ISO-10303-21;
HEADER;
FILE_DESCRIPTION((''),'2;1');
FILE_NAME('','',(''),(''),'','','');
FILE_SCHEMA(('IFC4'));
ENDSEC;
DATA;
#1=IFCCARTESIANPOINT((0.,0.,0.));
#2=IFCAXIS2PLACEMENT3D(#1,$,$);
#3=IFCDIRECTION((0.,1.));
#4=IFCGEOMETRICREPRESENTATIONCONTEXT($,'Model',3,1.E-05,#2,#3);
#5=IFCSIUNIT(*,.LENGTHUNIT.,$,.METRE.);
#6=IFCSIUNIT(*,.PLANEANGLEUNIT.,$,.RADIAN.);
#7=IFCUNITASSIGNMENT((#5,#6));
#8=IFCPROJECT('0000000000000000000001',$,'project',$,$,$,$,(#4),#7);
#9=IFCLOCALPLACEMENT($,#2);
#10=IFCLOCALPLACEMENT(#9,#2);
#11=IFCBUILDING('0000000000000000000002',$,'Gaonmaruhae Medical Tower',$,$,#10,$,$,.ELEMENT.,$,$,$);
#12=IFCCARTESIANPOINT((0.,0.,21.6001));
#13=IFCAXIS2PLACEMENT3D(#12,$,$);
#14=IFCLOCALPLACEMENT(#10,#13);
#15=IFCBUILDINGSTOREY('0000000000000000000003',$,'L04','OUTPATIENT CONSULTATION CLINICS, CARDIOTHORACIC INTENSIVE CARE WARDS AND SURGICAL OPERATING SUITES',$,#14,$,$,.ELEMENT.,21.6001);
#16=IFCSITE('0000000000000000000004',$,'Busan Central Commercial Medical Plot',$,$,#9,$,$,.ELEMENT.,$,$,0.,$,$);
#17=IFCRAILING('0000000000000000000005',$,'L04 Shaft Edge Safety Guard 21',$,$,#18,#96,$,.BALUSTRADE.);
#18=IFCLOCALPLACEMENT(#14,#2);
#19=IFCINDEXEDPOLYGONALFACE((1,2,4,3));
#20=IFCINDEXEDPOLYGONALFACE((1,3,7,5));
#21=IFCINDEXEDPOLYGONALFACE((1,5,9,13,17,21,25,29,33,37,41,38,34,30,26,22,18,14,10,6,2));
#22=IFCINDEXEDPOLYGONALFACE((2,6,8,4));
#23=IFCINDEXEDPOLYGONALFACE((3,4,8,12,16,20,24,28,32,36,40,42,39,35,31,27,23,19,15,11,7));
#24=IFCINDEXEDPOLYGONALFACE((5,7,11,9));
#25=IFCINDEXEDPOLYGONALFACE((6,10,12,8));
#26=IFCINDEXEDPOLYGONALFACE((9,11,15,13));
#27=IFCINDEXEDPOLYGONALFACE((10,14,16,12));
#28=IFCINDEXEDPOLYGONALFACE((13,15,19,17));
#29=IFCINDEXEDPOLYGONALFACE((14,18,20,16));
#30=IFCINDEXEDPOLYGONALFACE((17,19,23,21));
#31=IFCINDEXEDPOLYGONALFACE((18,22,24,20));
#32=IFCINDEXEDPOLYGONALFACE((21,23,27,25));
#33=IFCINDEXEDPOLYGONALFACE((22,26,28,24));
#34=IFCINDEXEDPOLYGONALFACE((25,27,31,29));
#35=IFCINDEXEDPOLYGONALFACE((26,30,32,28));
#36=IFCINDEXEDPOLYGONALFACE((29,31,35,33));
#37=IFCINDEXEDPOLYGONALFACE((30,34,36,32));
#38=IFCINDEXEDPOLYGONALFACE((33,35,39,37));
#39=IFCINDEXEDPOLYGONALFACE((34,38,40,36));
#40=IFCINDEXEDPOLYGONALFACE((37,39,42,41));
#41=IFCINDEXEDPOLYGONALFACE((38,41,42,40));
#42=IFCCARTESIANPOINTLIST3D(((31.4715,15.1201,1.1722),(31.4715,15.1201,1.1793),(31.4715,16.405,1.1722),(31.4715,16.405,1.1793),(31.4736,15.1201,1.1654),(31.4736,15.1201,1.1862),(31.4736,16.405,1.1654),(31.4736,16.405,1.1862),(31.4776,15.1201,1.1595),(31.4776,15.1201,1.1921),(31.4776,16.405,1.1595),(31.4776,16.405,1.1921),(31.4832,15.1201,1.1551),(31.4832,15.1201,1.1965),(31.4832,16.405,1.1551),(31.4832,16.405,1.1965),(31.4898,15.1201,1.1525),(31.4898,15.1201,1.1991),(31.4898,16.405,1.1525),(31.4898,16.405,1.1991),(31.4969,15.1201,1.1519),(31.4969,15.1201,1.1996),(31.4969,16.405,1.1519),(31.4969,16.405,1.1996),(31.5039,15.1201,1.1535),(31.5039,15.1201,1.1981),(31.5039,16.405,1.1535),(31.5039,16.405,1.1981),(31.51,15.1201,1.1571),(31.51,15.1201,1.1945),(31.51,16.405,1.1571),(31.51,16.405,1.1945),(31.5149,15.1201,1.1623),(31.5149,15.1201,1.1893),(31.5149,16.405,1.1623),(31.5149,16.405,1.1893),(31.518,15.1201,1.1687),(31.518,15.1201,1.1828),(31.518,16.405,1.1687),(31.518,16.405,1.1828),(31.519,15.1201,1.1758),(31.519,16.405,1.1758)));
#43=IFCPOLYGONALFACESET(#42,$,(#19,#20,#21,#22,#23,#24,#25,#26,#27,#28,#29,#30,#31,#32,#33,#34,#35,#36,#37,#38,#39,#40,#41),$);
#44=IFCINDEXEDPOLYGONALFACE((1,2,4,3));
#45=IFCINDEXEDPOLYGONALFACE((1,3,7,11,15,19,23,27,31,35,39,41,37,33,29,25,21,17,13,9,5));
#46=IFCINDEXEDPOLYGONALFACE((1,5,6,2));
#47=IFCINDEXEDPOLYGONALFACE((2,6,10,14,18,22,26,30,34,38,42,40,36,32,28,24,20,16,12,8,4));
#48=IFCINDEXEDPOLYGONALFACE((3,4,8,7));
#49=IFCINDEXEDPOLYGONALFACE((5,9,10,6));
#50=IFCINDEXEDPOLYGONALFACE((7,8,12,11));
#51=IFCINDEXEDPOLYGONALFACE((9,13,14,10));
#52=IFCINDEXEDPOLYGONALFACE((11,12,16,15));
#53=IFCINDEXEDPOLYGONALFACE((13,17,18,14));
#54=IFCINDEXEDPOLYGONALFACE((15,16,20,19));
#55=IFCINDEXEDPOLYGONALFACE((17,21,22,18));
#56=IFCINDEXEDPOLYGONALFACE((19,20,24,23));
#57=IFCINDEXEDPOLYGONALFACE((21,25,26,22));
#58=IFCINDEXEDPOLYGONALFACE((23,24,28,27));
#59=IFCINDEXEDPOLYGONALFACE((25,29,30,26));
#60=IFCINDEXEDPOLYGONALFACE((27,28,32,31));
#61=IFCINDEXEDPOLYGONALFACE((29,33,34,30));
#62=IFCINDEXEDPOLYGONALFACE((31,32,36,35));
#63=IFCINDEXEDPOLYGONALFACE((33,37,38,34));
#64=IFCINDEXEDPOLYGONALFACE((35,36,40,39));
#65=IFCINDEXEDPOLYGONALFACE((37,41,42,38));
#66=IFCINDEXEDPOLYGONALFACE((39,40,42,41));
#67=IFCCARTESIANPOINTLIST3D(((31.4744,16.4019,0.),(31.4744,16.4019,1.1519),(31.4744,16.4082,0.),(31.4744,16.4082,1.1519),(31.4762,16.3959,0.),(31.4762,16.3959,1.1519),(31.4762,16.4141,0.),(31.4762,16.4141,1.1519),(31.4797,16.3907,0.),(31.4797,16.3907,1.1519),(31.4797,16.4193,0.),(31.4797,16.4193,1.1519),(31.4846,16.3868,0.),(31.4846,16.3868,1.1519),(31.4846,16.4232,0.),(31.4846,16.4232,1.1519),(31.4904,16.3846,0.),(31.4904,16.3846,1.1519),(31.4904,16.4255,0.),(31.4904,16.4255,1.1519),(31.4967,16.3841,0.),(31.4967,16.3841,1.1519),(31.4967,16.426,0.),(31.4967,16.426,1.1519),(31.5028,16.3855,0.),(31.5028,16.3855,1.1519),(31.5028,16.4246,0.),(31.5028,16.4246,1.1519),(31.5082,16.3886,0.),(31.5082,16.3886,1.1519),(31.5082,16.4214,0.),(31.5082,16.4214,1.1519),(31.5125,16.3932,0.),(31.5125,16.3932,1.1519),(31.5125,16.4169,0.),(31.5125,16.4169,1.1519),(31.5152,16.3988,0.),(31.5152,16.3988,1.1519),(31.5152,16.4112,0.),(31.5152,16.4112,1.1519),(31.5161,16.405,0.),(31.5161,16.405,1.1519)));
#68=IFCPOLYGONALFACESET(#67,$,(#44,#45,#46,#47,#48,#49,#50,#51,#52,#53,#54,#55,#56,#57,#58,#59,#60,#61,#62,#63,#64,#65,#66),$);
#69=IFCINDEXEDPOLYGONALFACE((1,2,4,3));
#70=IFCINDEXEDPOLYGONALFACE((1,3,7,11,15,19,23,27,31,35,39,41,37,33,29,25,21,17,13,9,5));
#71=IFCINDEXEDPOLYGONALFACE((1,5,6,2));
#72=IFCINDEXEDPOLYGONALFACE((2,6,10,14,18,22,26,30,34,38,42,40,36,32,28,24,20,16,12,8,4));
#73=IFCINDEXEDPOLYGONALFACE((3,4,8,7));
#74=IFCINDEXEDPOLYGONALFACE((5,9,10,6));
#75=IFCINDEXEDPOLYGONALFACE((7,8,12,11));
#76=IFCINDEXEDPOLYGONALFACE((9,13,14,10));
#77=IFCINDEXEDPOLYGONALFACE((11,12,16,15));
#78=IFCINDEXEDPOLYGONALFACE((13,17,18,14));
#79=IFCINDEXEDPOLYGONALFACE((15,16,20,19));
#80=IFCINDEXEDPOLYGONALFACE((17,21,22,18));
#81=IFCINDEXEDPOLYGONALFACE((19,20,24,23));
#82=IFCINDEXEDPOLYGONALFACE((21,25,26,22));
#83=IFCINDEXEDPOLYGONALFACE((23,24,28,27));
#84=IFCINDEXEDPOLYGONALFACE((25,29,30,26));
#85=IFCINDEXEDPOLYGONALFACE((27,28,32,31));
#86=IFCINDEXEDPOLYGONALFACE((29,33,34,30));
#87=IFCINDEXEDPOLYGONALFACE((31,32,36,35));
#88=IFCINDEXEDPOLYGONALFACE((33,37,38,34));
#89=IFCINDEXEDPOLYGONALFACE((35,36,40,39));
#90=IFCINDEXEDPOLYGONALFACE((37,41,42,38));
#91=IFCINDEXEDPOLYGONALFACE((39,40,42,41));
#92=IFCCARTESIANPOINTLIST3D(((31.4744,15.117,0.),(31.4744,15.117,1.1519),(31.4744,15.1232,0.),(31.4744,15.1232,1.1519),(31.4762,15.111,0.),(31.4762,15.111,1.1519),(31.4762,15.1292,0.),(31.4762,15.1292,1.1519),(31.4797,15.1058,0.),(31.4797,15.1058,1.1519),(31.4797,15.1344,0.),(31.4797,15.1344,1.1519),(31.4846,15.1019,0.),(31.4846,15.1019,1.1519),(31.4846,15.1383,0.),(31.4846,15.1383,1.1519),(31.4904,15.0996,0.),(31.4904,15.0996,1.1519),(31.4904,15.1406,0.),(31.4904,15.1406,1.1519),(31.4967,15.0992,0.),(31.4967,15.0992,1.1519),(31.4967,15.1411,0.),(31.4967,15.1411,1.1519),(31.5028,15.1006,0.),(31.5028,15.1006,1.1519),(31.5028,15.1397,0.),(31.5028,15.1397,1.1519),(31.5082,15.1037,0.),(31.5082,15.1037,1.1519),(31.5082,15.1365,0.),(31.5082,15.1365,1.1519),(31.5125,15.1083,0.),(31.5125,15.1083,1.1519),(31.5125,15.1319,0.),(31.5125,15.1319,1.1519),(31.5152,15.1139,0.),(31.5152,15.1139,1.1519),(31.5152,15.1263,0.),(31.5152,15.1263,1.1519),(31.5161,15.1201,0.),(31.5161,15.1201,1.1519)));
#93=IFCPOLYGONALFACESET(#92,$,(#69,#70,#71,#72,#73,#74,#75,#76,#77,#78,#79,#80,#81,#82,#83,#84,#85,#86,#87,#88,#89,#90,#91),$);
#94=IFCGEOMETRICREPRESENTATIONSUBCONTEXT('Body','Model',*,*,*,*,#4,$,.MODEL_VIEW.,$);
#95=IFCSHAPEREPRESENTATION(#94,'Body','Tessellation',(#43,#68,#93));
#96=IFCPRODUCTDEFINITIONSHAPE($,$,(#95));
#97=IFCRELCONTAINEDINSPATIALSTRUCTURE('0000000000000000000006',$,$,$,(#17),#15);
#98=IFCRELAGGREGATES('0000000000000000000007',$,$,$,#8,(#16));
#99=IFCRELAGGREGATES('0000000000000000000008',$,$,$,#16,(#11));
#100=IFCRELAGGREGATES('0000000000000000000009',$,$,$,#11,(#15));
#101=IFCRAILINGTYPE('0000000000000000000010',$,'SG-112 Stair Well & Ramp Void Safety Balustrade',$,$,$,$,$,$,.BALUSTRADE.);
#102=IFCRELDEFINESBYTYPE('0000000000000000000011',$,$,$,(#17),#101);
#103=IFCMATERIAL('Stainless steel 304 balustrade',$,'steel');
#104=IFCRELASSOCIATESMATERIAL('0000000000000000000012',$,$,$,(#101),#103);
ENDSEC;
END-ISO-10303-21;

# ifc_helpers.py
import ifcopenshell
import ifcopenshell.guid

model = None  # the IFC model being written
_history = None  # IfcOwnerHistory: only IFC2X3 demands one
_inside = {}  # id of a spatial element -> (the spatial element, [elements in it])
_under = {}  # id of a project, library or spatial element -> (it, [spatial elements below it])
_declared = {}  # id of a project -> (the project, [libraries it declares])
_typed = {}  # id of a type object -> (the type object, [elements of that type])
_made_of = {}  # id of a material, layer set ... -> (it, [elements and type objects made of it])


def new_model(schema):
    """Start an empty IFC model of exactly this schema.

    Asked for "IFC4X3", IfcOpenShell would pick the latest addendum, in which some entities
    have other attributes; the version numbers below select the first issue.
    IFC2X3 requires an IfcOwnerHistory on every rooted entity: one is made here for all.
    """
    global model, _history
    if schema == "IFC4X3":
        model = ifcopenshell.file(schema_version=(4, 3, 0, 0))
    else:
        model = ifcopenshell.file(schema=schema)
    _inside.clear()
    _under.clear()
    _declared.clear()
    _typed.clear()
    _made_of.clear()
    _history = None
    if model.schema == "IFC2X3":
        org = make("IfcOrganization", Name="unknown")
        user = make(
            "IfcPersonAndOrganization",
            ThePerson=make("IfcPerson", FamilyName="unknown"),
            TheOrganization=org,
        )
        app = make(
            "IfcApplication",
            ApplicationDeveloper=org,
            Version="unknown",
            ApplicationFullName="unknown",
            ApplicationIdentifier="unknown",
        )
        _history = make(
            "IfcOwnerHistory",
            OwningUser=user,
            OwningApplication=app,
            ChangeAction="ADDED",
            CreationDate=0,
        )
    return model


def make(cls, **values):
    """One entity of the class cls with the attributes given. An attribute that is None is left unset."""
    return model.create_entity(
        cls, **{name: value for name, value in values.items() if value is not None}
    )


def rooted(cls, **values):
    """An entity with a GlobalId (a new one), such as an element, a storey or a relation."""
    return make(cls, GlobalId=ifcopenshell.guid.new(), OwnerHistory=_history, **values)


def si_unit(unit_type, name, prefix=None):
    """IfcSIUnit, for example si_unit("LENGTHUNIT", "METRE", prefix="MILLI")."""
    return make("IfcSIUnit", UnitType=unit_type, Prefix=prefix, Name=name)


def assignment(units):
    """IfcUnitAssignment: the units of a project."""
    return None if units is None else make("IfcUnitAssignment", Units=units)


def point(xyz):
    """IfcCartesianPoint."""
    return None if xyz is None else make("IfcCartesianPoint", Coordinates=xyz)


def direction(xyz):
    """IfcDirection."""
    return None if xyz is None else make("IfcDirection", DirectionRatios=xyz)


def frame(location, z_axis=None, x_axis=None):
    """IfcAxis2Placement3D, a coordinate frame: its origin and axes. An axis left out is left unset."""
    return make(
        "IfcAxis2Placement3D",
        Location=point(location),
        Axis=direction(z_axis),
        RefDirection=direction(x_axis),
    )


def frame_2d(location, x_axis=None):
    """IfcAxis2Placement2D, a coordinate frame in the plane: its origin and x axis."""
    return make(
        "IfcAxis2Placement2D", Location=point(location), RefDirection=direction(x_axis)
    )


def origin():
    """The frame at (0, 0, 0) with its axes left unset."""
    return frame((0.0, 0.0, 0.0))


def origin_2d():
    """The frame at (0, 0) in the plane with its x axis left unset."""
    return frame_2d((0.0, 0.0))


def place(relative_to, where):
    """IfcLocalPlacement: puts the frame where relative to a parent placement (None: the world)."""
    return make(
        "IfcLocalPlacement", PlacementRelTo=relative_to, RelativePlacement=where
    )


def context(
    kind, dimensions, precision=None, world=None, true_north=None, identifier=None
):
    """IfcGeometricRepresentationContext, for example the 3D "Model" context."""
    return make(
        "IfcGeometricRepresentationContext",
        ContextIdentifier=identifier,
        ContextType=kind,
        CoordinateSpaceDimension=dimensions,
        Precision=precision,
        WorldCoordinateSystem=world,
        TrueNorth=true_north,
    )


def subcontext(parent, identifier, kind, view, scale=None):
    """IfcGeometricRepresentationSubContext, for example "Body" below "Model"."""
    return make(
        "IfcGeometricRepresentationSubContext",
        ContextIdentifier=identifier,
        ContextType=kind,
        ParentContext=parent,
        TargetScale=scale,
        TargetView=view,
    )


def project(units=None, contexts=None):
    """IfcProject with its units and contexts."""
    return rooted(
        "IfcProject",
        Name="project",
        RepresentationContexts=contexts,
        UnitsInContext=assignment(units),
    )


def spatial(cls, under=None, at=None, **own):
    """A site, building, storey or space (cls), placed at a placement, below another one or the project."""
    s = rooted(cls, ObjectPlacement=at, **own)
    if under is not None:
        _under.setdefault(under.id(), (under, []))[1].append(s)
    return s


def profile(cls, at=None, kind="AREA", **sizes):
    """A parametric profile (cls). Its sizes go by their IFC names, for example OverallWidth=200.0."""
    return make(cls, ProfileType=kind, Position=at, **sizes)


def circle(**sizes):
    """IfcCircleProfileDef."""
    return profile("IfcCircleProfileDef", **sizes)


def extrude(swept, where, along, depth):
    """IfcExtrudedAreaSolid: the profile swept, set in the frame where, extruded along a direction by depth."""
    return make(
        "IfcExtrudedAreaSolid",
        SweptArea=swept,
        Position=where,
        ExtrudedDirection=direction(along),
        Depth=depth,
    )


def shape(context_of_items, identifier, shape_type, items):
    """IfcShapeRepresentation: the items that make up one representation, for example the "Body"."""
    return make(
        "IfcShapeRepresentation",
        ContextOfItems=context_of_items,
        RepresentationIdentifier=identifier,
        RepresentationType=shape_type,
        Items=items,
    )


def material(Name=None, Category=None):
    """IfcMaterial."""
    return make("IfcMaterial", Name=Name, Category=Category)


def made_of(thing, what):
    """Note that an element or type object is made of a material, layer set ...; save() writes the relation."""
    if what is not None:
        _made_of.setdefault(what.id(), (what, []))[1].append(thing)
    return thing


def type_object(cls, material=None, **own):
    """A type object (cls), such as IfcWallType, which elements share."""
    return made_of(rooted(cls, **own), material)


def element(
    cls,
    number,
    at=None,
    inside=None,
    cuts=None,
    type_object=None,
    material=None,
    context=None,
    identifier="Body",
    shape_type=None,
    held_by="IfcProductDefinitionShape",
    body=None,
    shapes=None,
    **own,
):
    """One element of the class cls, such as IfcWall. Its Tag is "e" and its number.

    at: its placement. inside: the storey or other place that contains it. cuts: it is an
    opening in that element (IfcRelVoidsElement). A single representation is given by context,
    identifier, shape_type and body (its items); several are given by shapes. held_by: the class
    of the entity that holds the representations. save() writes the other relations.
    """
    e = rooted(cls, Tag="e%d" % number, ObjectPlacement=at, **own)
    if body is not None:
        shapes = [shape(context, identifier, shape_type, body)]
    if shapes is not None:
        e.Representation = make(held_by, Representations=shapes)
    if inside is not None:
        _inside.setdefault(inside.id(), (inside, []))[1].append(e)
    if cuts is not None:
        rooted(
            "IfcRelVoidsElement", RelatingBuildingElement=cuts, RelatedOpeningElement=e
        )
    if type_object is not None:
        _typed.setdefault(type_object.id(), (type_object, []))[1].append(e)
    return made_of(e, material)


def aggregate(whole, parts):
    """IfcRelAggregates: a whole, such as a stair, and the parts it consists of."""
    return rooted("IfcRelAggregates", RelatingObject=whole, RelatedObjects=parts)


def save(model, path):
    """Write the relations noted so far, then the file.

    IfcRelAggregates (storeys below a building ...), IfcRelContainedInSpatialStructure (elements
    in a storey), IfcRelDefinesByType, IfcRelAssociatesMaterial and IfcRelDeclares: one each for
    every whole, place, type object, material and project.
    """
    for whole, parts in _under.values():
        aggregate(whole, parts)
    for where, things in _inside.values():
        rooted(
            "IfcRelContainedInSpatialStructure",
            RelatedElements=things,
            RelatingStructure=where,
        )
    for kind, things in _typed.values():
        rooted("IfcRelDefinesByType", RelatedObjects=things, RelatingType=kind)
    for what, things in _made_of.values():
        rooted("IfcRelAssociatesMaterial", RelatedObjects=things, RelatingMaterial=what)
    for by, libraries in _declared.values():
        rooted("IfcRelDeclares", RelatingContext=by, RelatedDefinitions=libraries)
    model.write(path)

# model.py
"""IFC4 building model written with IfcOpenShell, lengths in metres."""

from ifc_helpers import new_model, si_unit, direction, frame, origin, origin_2d, place, context, subcontext, project, spatial, circle, extrude, material, type_object, element, save


model = new_model("IFC4")

# Units and contexts
model_context = context("Model", 3, precision=1e-05, world=origin(), true_north=direction((0.0, 1.0)))
body_context = subcontext(model_context, "Body", "Model", "MODEL_VIEW")
ifc_project = project(units=[si_unit("LENGTHUNIT", "METRE"), si_unit("PLANEANGLEUNIT", "RADIAN")], contexts=[model_context])

# Site, building, storey
site_placement = place(None, origin())
site = spatial("IfcSite", under=ifc_project, at=site_placement, Name="Busan Central Commercial Medical Plot", CompositionType="ELEMENT", RefElevation=0.0)
building_placement = place(site_placement, origin())
building = spatial("IfcBuilding", under=site, at=building_placement, Name="Gaonmaruhae Medical Tower", CompositionType="ELEMENT")
storey_placement = place(building_placement, frame((0.0, 0.0, 21.6001)))
storey = spatial("IfcBuildingStorey", under=building, at=storey_placement, Name="L04", Description="OUTPATIENT CONSULTATION CLINICS, CARDIOTHORACIC INTENSIVE CARE WARDS AND SURGICAL OPERATING SUITES", CompositionType="ELEMENT", Elevation=21.6001)

# Railing
ifc_material_1 = material(Name="Stainless steel 304 balustrade", Category="steel")
railing_type_1 = type_object("IfcRailingType", Name="SG-112 Stair Well & Ramp Void Safety Balustrade", PredefinedType="BALUSTRADE", material=ifc_material_1)
railing_1_placement = place(storey_placement, frame((31.4951, 16.405, 0.0)))
element("IfcRailing", 1, at=railing_1_placement, inside=storey, type_object=railing_type_1, Name="L04 Shaft Edge Safety Guard 21", PredefinedType="BALUSTRADE", context=body_context, shape_type="SweptSolid", body=[
    extrude(circle(Radius=0.0239, at=origin_2d()), frame((0.0, 0.0, 1.1758), z_axis=(0.0, -1.0, 0.0), x_axis=(1.0, 0.0, 0.0)), (0.0, 0.0, 1.0), 1.2849),
    extrude(circle(Radius=0.021, at=origin_2d()), origin(), (0.0, 0.0, 1.0), 1.1519),
    extrude(circle(Radius=0.021, at=origin_2d()), frame((0.0, -1.2849, 0.0)), (0.0, 0.0, 1.0), 1.1519),
])

save(model, "model.ifc")
